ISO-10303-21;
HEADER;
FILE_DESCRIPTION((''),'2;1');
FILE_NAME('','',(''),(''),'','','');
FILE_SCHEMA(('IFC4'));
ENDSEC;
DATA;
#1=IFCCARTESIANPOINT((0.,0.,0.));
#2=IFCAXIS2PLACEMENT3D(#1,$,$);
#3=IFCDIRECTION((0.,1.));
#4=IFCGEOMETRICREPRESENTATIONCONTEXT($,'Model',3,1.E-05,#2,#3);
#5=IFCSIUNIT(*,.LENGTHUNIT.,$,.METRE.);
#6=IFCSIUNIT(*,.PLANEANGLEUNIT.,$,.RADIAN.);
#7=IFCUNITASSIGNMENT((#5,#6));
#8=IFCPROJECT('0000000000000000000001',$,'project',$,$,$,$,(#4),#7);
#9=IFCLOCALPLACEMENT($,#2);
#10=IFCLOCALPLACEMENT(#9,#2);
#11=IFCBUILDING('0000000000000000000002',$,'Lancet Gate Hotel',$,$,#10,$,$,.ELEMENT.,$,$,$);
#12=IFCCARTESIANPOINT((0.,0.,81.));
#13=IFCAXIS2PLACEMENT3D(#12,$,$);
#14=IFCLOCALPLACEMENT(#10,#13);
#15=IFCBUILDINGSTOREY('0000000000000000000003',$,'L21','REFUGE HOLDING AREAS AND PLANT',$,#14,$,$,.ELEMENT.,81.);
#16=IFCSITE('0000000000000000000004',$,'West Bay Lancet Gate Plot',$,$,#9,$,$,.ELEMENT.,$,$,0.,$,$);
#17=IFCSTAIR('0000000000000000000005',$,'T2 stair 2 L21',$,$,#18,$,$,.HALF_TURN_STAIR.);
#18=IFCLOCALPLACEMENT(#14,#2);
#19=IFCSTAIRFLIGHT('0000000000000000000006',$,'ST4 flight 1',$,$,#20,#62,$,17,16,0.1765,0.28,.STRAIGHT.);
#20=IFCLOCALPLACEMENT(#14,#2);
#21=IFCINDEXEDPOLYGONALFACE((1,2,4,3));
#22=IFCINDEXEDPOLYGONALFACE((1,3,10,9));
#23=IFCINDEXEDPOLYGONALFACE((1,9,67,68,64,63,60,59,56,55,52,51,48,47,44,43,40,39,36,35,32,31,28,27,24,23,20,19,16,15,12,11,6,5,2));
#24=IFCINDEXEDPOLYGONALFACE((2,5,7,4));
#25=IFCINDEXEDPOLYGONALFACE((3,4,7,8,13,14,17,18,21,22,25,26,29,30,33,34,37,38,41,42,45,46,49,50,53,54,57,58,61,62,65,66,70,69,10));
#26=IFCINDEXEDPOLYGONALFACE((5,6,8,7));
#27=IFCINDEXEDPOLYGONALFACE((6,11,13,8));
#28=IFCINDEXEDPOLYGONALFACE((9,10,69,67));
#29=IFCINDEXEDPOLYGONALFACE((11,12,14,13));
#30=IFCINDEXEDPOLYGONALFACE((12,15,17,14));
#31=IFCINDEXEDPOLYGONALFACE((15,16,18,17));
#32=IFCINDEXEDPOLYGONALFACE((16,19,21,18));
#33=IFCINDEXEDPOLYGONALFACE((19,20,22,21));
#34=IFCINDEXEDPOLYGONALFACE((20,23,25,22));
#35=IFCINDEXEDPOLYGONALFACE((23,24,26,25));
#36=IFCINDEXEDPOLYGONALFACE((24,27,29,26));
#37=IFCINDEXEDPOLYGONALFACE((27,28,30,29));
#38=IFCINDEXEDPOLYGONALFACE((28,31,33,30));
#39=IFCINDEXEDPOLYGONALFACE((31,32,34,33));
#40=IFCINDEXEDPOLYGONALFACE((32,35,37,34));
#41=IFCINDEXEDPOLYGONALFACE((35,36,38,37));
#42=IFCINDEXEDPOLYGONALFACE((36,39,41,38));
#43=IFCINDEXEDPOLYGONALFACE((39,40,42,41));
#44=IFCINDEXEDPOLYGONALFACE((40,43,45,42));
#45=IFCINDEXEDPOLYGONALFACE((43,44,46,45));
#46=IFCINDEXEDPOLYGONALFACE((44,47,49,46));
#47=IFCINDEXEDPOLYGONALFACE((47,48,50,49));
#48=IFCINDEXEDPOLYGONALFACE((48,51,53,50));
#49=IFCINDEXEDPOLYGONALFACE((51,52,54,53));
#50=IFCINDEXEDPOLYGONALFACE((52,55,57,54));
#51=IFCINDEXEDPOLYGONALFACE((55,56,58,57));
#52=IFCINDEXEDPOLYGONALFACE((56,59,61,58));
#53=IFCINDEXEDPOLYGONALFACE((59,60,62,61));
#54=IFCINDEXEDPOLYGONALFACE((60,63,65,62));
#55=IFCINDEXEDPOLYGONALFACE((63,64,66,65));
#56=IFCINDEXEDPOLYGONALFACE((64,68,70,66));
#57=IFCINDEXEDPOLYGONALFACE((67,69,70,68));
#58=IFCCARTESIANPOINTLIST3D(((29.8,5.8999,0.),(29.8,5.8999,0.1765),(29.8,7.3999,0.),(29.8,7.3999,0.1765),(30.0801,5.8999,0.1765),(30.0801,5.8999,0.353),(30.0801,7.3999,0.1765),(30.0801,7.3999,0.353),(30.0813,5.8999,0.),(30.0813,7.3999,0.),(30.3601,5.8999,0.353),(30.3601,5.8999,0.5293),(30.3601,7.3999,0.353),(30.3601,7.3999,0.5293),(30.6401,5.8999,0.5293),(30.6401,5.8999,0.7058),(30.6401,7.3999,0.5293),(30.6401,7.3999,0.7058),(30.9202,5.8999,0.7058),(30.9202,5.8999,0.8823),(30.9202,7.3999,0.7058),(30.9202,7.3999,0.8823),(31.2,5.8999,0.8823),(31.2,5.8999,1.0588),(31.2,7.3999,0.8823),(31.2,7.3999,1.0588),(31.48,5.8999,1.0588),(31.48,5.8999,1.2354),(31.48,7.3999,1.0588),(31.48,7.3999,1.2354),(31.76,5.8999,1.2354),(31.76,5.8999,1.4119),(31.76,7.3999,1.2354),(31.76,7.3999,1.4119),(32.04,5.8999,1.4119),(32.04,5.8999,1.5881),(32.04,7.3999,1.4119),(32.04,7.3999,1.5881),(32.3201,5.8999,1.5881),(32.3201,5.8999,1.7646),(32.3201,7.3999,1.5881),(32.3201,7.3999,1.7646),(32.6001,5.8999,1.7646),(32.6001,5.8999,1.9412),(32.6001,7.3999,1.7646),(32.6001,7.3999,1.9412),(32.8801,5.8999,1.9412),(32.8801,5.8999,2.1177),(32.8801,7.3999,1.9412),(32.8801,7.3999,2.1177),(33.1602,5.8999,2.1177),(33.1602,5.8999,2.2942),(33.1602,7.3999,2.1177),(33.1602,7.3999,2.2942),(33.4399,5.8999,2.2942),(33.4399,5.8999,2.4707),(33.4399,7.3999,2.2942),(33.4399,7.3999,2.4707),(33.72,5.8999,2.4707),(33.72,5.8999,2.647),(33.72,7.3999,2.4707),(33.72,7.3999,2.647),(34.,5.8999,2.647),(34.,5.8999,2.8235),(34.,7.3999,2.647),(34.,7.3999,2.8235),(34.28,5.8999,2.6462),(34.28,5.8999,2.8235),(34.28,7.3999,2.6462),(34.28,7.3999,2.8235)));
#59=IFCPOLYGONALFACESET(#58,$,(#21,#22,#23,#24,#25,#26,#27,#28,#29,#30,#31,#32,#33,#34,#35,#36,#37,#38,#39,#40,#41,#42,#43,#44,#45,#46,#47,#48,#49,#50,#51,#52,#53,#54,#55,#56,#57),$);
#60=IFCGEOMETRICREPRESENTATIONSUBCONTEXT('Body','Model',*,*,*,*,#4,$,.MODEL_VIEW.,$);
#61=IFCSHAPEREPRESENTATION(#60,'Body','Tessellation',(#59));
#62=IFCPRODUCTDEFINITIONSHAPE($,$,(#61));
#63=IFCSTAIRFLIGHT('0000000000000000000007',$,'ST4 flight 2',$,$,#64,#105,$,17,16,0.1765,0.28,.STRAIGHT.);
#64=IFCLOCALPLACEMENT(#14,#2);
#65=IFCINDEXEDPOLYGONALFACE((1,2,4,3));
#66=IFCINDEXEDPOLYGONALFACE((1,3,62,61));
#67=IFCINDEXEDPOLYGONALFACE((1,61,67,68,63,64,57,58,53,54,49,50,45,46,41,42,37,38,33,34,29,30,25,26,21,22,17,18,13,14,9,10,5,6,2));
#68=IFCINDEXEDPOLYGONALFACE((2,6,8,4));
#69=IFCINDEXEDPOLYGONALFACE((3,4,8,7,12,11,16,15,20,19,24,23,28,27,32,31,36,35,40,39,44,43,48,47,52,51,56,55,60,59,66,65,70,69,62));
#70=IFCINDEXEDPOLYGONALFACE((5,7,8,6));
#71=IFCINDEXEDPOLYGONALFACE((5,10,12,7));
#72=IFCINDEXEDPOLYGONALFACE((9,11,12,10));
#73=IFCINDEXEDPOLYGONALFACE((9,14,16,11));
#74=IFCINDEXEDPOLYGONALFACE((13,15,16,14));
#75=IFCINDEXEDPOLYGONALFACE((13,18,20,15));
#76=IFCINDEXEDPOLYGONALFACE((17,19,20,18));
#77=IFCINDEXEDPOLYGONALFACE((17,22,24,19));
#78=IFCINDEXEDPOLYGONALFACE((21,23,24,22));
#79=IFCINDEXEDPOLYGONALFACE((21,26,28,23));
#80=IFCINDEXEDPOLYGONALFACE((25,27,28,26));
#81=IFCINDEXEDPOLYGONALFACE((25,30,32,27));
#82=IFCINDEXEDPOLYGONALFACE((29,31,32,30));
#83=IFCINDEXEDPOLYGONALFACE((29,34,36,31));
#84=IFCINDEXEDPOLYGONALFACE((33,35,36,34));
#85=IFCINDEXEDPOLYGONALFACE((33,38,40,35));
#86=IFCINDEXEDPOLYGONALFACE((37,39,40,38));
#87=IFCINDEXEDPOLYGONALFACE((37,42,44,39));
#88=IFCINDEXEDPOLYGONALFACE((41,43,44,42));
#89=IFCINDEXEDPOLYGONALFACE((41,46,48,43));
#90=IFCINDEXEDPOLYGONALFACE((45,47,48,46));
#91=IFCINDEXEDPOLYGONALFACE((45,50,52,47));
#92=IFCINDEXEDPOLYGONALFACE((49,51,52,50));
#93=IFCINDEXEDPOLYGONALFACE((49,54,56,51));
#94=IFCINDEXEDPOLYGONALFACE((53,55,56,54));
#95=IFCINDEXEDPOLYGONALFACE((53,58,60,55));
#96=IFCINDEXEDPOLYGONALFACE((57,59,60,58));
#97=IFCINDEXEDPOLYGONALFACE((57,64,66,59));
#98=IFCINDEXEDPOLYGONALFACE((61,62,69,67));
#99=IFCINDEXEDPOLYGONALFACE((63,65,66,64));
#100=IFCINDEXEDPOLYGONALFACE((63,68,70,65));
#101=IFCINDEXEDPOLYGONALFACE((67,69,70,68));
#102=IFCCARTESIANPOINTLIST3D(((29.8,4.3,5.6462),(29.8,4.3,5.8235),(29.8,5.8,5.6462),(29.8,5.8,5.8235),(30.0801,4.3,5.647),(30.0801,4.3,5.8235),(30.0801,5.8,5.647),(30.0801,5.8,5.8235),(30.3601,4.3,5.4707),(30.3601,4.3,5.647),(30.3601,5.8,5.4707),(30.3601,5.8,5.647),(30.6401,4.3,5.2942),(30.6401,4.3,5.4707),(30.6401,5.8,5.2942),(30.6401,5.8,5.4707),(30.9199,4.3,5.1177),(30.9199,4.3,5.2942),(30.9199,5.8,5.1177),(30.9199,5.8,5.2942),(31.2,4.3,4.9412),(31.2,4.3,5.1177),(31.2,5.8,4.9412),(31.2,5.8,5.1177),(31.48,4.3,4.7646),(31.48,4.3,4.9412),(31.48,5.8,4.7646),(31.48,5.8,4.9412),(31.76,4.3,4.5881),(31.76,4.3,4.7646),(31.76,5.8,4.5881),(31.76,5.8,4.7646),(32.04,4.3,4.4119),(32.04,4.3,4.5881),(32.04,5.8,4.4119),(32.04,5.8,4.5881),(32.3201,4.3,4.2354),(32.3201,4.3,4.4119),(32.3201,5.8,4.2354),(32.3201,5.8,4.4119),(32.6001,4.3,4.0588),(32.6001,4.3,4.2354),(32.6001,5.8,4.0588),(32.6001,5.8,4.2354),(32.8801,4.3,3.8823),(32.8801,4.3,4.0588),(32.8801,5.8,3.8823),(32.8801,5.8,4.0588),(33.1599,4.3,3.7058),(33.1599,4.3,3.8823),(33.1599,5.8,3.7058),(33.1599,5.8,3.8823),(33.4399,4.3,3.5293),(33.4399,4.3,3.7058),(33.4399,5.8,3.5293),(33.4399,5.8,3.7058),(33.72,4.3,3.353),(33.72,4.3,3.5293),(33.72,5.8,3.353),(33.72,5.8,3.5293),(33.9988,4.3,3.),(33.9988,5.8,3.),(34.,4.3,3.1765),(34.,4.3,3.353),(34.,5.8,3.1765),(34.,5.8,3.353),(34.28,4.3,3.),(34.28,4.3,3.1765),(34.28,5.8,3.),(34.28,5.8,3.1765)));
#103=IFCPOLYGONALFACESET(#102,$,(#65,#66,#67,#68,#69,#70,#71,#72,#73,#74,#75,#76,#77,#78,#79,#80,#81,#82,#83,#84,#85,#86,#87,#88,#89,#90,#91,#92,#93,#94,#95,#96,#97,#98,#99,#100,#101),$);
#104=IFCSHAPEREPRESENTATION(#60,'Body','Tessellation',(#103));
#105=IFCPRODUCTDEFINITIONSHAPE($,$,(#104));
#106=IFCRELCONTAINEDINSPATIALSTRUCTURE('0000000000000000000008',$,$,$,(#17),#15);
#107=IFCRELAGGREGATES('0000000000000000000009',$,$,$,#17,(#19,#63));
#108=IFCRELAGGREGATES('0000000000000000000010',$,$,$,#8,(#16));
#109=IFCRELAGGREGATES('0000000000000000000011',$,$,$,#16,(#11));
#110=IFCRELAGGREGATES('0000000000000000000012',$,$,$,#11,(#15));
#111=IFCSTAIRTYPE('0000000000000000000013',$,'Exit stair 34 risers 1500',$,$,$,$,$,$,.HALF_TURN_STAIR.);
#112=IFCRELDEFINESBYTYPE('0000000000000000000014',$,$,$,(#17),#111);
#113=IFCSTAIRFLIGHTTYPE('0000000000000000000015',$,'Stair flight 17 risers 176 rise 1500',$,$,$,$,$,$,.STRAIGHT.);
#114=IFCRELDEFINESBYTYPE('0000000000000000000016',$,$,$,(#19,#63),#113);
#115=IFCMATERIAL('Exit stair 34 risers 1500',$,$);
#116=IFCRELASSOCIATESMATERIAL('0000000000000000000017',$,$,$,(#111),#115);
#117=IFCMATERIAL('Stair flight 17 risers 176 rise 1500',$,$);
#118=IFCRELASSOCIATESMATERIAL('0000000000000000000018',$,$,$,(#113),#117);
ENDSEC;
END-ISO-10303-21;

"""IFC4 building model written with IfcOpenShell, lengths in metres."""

from ifc_helpers import new_model, si_unit, direction, frame, origin, place, context, subcontext, project, spatial, polyline, outline, extrude, material, type_object, element, aggregate, save


model = new_model("IFC4")

# Units and contexts
model_context = context("Model", 3, precision=1e-05, world=origin(), true_north=direction((0.0, 1.0)))
body_context = subcontext(model_context, "Body", "Model", "MODEL_VIEW")
ifc_project = project(units=[si_unit("LENGTHUNIT", "METRE"), si_unit("PLANEANGLEUNIT", "RADIAN")], contexts=[model_context])

# Site, building, storey
site_placement = place(None, origin())
site = spatial("IfcSite", under=ifc_project, at=site_placement, Name="West Bay Lancet Gate Plot", CompositionType="ELEMENT", RefElevation=0.0)
building_placement = place(site_placement, origin())
building = spatial("IfcBuilding", under=site, at=building_placement, Name="Lancet Gate Hotel", CompositionType="ELEMENT")
storey_placement = place(building_placement, frame((0.0, 0.0, 81.0)))
storey = spatial("IfcBuildingStorey", under=building, at=storey_placement, Name="L21", Description="REFUGE HOLDING AREAS AND PLANT", CompositionType="ELEMENT", Elevation=81.0)

# Stair, stair flights
ifc_material_1 = material(Name="Exit stair 34 risers 1500")
stair_type = type_object("IfcStairType", Name="Exit stair 34 risers 1500", PredefinedType="HALF_TURN_STAIR", material=ifc_material_1)
stair_placement = place(storey_placement, origin())
stair = element("IfcStair", 1, at=stair_placement, inside=storey, type_object=stair_type, Name="T2 stair 2 L21", PredefinedType="HALF_TURN_STAIR")
ifc_material_2 = material(Name="Stair flight 17 risers 176 rise 1500")
stair_flight_type = type_object("IfcStairFlightType", Name="Stair flight 17 risers 176 rise 1500", PredefinedType="STRAIGHT", material=ifc_material_2)
stair_flight_1_placement = place(storey_placement, frame((29.8, 6.6499, 0.0), z_axis=(0.0, 0.0, 1.0), x_axis=(1.0, 0.0, 0.0)))
stair_flight_1 = element("IfcStairFlight", 2, at=stair_flight_1_placement, type_object=stair_flight_type, Name="ST4 flight 1", NumberOfRisers=17, NumberOfTreads=16, PredefinedType="STRAIGHT", RiserHeight=0.1765, TreadLength=0.28, context=body_context, shape_type="SweptSolid", body=[
    extrude(outline(polyline([(0.0, 0.0), (0.0, 0.1765), (0.28, 0.1765), (0.28, 0.353), (0.5601, 0.353), (0.5601, 0.5293), (0.8401, 0.5293), (0.8401, 0.7058), (1.1201, 0.7058), (1.1201, 0.8823), (1.3999, 0.8823), (1.3999, 1.0588), (1.6799, 1.0588), (1.6799, 1.2354), (1.96, 1.2354), (1.96, 1.4119), (2.24, 1.4119), (2.24, 1.5881), (2.52, 1.5881), (2.52, 1.7646), (2.8, 1.7646), (2.8, 1.9412), (3.0801, 1.9412), (3.0801, 2.1177), (3.3601, 2.1177), (3.3601, 2.2942), (3.6399, 2.2942), (3.6399, 2.4707), (3.9199, 2.4707), (3.9199, 2.647), (4.2, 2.647), (4.2, 2.8235), (4.48, 2.8235), (4.48, 3.0), (4.48, 2.6462), (0.2812, 0.0), (0.0, 0.0)])), frame((0.0, 0.75, 0.0), z_axis=(0.0, -1.0, 0.0), x_axis=(1.0, 0.0, 0.0)), (0.0, 0.0, 1.0), 1.5),
])
stair_flight_2_placement = place(storey_placement, frame((34.28, 5.05, 3.0), z_axis=(0.0, 0.0, 1.0), x_axis=(-1.0, 0.0, 0.0)))
stair_flight_2 = element("IfcStairFlight", 3, at=stair_flight_2_placement, type_object=stair_flight_type, Name="ST4 flight 2", NumberOfRisers=17, NumberOfTreads=16, PredefinedType="STRAIGHT", RiserHeight=0.1765, TreadLength=0.28, context=body_context, shape_type="SweptSolid", body=[
    extrude(outline(polyline([(0.0, 0.0), (0.0, 0.1765), (0.28, 0.1765), (0.28, 0.353), (0.5601, 0.353), (0.5601, 0.5293), (0.8401, 0.5293), (0.8401, 0.7058), (1.1201, 0.7058), (1.1201, 0.8823), (1.3999, 0.8823), (1.3999, 1.0588), (1.6799, 1.0588), (1.6799, 1.2354), (1.96, 1.2354), (1.96, 1.4119), (2.24, 1.4119), (2.24, 1.5881), (2.52, 1.5881), (2.52, 1.7646), (2.8, 1.7646), (2.8, 1.9412), (3.0801, 1.9412), (3.0801, 2.1177), (3.3601, 2.1177), (3.3601, 2.2942), (3.6399, 2.2942), (3.6399, 2.4707), (3.9199, 2.4707), (3.9199, 2.647), (4.2, 2.647), (4.2, 2.8235), (4.48, 2.8235), (4.48, 3.0), (4.48, 2.6462), (0.2812, 0.0), (0.0, 0.0)])), frame((0.0, 0.75, 0.0), z_axis=(0.0, -1.0, 0.0), x_axis=(1.0, 0.0, 0.0)), (0.0, 0.0, 1.0), 1.5),
])
aggregate(stair, [stair_flight_1, stair_flight_2])

save(model, "model.ifc")
